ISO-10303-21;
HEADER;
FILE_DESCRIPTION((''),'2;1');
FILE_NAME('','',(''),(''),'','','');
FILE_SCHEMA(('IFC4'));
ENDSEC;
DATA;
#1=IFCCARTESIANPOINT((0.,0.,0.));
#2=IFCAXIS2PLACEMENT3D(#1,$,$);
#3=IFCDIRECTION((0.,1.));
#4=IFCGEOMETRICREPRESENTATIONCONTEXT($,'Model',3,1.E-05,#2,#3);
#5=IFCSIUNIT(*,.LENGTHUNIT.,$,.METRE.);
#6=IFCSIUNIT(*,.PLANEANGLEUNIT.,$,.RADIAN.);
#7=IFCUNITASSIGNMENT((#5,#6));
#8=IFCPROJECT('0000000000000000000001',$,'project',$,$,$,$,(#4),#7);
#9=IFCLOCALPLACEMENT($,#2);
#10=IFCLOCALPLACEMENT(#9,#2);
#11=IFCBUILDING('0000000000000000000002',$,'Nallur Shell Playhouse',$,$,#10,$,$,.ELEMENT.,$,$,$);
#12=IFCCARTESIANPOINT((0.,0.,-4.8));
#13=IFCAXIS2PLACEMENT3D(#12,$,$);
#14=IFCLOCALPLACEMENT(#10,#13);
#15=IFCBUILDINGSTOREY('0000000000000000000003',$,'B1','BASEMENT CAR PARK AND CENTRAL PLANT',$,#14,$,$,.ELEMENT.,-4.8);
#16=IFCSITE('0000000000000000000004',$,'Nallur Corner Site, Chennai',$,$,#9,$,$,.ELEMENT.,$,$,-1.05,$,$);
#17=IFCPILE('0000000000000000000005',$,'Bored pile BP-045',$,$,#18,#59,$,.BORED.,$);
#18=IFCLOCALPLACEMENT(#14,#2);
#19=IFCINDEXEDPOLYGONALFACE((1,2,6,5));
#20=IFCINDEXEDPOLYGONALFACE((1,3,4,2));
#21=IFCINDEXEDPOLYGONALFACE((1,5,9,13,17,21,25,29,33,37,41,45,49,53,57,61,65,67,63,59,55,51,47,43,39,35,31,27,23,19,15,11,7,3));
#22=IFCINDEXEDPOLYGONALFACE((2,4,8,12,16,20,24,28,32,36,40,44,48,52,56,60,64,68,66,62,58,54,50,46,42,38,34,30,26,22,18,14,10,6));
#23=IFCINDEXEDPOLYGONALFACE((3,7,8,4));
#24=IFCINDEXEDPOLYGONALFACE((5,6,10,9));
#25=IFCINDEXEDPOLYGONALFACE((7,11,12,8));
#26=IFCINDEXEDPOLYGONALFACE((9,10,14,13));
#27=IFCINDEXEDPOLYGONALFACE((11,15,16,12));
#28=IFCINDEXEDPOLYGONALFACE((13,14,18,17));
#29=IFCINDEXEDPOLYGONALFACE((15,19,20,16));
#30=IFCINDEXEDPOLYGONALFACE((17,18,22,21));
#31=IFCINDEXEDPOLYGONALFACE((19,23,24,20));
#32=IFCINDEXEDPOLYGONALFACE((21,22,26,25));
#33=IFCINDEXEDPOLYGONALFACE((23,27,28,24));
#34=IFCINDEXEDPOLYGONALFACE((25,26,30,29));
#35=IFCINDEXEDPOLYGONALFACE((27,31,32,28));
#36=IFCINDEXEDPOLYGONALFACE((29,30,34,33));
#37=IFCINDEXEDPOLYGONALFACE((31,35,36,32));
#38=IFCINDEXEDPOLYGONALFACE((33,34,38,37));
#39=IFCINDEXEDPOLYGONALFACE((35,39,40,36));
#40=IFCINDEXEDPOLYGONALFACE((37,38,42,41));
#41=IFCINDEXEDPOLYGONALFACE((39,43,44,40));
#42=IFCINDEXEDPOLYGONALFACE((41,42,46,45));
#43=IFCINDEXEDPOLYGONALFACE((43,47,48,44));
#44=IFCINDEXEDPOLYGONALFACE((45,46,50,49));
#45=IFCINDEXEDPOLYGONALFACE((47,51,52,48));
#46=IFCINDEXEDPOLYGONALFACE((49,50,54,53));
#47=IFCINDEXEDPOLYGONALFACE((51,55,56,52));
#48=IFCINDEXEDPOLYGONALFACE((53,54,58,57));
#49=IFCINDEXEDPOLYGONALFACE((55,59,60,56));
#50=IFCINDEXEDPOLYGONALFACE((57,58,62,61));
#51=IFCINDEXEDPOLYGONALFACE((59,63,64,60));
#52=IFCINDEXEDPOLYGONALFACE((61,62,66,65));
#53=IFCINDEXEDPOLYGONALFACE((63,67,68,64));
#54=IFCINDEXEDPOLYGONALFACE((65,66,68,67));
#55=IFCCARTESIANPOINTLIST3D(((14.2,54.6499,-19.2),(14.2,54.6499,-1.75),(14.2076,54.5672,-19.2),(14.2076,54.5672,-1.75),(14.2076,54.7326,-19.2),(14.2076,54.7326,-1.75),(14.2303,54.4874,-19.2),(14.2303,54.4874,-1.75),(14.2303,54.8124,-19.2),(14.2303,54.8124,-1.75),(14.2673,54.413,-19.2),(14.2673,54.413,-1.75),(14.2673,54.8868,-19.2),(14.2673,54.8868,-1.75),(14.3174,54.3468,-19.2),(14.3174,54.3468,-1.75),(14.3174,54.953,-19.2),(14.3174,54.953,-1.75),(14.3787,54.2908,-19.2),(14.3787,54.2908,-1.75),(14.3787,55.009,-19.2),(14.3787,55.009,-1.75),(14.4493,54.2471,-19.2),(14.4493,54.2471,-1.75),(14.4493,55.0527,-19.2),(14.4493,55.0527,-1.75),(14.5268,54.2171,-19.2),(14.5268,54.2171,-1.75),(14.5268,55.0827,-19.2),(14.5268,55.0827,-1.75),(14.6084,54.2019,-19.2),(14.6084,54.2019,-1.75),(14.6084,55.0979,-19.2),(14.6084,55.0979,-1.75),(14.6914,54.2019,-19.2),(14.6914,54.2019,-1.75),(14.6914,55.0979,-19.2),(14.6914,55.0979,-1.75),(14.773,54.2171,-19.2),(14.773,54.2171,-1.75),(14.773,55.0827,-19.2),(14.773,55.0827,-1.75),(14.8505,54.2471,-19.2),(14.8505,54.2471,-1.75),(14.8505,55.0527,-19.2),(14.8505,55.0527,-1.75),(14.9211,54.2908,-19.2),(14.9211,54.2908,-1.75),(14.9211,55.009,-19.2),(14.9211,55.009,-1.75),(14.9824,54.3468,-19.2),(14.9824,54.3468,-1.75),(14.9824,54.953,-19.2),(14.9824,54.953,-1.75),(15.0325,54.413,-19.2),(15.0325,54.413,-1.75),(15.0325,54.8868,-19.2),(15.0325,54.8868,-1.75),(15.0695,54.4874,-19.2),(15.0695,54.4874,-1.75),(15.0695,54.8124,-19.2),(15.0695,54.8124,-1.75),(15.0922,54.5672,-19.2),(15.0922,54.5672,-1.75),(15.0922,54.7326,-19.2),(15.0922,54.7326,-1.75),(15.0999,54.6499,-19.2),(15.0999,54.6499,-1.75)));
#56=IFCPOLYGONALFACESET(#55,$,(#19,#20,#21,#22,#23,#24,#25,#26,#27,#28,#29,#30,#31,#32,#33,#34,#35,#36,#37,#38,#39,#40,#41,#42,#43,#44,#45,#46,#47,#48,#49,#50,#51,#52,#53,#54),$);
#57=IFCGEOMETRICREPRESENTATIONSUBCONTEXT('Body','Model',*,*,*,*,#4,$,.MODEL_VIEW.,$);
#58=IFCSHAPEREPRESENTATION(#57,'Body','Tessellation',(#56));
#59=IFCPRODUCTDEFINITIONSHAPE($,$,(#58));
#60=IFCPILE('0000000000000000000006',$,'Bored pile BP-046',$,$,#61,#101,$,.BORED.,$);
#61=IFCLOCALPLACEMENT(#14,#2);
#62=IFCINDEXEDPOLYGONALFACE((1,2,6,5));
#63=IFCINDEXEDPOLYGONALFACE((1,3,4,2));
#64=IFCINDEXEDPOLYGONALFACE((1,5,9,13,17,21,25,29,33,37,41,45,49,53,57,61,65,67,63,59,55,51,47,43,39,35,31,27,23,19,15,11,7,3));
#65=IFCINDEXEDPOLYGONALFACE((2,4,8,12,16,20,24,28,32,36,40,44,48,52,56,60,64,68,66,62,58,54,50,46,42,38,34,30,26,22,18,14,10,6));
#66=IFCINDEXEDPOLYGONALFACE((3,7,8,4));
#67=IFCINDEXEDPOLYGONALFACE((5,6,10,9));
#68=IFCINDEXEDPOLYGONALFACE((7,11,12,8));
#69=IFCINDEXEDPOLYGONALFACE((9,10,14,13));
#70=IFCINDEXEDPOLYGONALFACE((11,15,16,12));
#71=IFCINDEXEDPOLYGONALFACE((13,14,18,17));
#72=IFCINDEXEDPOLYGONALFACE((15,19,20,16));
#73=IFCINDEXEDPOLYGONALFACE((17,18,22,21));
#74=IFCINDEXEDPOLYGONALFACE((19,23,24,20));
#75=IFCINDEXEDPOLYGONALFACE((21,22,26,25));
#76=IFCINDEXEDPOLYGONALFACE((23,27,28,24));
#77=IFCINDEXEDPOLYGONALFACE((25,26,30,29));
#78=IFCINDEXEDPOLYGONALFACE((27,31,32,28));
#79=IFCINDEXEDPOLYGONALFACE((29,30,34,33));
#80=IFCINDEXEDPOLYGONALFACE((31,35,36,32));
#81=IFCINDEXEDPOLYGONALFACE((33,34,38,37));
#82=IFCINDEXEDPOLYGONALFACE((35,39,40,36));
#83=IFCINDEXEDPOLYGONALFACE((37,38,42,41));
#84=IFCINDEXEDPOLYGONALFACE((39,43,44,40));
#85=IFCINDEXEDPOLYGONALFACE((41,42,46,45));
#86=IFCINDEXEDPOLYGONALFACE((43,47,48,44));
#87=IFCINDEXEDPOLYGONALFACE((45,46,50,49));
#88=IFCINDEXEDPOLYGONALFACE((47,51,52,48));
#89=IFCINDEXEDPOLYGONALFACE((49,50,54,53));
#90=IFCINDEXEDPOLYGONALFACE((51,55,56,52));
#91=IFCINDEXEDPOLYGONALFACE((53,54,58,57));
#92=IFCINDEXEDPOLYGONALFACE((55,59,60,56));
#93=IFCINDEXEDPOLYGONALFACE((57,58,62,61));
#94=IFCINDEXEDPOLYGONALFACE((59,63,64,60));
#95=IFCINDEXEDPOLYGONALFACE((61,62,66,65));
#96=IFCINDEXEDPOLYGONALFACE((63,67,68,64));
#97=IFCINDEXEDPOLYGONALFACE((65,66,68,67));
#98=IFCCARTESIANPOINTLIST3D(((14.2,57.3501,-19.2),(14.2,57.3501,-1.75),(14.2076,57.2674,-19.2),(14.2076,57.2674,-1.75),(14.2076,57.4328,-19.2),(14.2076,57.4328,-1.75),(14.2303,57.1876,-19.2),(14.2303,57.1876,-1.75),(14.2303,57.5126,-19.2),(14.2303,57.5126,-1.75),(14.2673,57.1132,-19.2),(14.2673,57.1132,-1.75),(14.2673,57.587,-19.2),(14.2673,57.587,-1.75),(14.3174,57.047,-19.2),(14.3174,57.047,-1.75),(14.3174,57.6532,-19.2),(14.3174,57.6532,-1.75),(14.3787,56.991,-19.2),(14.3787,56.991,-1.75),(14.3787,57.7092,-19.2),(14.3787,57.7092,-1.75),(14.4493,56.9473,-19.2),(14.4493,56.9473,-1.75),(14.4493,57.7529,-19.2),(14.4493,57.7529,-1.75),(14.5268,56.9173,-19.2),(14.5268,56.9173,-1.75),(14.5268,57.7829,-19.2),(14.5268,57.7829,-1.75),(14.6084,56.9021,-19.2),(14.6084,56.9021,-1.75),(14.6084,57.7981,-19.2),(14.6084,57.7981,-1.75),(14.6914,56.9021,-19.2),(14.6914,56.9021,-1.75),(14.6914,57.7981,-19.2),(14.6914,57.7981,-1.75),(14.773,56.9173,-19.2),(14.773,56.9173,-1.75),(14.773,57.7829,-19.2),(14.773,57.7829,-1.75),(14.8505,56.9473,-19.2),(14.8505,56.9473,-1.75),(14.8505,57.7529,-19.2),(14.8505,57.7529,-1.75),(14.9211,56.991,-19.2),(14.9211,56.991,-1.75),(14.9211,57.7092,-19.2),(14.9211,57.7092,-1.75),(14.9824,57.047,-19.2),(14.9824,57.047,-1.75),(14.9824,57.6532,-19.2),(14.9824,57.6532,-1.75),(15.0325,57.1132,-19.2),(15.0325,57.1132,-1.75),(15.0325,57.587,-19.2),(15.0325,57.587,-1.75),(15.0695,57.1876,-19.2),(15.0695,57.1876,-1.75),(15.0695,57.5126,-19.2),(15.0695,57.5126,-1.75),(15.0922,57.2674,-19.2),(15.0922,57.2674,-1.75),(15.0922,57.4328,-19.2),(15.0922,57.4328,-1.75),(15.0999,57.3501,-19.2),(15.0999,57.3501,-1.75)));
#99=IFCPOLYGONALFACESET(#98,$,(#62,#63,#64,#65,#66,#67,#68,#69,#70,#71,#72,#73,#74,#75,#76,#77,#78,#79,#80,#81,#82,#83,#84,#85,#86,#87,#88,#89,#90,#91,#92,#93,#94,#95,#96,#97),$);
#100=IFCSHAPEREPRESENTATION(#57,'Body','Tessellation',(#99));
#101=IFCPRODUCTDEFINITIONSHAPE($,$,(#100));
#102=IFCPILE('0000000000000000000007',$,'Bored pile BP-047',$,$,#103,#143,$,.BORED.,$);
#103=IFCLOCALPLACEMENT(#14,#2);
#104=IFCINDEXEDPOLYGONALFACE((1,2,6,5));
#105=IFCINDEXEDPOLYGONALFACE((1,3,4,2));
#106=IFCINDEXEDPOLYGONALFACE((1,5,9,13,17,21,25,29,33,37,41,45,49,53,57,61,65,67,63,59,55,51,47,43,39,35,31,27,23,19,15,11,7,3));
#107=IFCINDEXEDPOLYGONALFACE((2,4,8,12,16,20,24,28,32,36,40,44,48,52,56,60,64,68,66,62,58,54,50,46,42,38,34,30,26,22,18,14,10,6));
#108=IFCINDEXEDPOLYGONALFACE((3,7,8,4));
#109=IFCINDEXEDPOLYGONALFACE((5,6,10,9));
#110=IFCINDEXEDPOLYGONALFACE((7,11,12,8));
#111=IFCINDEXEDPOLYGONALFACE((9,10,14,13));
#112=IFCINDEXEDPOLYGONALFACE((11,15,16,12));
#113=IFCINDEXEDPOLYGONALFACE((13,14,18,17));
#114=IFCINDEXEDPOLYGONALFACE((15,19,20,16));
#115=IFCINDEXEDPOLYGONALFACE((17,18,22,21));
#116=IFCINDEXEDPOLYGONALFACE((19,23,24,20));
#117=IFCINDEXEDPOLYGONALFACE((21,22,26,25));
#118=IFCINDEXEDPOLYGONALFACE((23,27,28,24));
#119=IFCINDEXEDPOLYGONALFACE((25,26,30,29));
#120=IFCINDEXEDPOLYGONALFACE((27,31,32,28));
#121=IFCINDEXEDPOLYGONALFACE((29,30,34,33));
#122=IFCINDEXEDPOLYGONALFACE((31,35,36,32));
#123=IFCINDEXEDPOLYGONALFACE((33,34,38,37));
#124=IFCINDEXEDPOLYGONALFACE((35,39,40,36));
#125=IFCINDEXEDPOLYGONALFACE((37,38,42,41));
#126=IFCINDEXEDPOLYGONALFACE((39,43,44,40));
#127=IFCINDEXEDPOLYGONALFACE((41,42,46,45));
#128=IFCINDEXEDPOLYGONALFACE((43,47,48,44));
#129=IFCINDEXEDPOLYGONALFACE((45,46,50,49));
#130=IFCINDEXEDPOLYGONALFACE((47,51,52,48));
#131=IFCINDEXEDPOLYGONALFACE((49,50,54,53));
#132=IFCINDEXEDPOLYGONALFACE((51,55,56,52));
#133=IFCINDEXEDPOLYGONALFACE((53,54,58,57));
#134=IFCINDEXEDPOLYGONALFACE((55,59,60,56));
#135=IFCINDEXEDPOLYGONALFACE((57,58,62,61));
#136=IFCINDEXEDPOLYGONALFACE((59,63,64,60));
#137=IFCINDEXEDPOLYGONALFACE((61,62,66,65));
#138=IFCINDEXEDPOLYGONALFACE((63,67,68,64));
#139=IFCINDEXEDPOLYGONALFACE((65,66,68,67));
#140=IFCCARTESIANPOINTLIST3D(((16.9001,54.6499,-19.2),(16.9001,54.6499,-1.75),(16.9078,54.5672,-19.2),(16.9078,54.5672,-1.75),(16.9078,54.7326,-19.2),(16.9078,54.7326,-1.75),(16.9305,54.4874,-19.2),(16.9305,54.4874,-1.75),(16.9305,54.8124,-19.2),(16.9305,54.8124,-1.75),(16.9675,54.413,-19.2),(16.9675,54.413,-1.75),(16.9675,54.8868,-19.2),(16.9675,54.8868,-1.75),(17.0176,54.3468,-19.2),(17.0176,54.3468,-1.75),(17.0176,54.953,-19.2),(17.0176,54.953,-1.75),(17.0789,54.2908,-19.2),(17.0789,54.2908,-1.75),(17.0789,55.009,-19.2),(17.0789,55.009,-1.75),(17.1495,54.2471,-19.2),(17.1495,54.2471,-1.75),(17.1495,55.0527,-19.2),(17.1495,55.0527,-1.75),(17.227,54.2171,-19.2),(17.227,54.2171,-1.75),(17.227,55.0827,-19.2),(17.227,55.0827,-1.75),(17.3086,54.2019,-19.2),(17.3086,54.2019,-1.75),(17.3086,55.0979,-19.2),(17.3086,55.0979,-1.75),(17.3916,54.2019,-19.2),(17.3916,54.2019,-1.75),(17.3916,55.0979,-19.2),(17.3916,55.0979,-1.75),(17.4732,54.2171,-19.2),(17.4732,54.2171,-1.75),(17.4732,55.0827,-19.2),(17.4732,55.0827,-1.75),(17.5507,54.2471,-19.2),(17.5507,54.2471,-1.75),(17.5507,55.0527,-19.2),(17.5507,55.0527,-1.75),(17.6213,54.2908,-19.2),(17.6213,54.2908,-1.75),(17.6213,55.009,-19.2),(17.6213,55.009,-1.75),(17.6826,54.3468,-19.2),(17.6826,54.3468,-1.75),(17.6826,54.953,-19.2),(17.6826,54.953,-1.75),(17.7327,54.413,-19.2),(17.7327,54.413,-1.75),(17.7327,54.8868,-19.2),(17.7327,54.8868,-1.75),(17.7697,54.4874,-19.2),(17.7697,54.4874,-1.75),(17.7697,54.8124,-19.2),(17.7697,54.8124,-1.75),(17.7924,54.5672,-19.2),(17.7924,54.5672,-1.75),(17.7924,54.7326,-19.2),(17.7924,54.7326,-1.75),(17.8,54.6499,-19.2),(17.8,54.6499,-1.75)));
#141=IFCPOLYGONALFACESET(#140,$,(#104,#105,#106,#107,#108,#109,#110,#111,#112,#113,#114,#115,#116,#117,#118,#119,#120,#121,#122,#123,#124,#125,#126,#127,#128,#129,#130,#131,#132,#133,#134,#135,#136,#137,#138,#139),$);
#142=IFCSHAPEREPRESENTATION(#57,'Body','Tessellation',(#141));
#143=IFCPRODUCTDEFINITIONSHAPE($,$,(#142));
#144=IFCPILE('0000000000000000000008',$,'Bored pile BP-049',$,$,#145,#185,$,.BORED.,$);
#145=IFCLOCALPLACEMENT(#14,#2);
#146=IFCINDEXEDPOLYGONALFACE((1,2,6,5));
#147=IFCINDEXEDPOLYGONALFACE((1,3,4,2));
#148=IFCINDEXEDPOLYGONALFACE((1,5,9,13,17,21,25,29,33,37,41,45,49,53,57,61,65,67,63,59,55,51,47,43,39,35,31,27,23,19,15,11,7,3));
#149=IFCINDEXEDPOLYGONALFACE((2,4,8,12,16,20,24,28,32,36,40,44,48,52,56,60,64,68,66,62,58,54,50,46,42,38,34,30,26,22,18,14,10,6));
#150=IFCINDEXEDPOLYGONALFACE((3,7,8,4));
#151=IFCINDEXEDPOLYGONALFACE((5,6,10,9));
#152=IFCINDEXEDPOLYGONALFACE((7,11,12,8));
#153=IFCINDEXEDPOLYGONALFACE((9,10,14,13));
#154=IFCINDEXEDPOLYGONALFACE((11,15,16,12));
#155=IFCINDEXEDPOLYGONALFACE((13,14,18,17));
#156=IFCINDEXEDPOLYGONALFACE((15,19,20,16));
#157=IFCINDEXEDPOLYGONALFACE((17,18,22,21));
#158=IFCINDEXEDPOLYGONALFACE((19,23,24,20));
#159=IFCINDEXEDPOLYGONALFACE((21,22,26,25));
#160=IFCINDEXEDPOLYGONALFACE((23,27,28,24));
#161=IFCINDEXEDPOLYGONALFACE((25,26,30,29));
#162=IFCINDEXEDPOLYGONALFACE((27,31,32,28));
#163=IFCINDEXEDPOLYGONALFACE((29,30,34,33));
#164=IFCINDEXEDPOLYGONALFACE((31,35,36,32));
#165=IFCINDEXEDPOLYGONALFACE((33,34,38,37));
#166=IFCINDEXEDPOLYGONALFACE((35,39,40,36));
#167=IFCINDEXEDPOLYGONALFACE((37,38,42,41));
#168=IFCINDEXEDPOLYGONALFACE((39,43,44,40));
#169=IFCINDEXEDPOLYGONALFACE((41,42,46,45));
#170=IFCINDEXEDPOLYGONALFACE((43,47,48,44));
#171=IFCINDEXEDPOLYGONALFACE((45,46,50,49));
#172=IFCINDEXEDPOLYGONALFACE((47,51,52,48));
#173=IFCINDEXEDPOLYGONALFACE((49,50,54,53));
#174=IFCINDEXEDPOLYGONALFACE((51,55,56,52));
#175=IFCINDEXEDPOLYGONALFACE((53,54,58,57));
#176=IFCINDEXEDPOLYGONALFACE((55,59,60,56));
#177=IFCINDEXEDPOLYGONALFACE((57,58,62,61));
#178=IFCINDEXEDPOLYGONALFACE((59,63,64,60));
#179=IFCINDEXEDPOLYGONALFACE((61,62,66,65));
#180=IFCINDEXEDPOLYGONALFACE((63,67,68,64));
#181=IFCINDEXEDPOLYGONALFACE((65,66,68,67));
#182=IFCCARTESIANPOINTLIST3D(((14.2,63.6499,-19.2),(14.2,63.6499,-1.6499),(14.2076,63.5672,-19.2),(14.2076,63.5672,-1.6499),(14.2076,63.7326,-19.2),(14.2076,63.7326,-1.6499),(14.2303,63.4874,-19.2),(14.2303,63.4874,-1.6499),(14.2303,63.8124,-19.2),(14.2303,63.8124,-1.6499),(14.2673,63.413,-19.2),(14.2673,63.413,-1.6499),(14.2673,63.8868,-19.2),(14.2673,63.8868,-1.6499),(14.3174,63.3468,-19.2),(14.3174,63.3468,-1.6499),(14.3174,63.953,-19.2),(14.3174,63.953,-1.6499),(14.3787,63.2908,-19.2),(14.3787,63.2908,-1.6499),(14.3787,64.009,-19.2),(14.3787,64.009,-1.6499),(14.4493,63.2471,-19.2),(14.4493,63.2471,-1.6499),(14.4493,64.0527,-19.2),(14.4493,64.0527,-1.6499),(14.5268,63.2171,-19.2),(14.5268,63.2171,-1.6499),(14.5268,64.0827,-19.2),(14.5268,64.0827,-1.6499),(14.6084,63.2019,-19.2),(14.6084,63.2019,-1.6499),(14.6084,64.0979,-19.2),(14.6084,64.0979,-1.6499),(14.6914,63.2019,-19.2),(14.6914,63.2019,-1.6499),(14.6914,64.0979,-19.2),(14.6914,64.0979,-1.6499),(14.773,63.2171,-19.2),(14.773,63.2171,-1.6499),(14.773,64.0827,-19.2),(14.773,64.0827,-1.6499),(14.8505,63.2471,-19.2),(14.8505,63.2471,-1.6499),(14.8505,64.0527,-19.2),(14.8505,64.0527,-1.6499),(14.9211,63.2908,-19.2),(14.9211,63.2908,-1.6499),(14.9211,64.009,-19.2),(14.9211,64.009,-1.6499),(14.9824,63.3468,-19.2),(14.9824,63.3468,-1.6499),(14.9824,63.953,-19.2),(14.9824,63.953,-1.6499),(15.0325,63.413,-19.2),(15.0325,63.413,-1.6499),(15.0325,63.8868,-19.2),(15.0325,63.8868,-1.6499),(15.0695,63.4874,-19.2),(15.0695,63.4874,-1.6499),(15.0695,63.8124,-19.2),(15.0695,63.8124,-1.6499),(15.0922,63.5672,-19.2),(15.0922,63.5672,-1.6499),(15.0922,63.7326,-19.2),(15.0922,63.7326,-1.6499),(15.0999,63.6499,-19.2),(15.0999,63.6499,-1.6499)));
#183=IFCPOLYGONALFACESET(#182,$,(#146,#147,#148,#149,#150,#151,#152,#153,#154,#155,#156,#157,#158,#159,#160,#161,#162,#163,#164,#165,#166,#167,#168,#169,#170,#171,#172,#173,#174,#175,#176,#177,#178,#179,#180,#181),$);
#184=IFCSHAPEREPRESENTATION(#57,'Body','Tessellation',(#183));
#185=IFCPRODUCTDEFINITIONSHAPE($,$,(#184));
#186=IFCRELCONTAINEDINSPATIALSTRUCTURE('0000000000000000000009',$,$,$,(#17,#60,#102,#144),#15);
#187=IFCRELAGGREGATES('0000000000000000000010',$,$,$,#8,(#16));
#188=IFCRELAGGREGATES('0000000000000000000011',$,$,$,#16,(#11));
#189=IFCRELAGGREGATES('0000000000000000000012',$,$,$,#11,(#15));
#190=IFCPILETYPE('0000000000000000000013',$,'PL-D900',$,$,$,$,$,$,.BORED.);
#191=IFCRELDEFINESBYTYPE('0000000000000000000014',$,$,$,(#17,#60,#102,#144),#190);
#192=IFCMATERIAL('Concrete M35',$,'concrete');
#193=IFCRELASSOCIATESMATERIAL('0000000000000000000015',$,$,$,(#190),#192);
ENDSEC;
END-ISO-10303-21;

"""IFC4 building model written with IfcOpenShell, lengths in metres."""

from ifc_helpers import new_model, si_unit, direction, frame, origin, origin_2d, place, context, subcontext, project, spatial, circle, extrude, material, material_profile, profile_set, type_object, element, save


model = new_model("IFC4")

# Units and contexts
model_context = context("Model", 3, precision=1e-05, world=origin(), true_north=direction((0.0, 1.0)))
body_context = subcontext(model_context, "Body", "Model", "MODEL_VIEW")
ifc_project = project(units=[si_unit("LENGTHUNIT", "METRE"), si_unit("PLANEANGLEUNIT", "RADIAN")], contexts=[model_context])

# Site, building, storey
site_placement = place(None, origin())
site = spatial("IfcSite", under=ifc_project, at=site_placement, Name="Nallur Corner Site, Chennai", CompositionType="ELEMENT", RefElevation=-1.05)
building_placement = place(site_placement, origin())
building = spatial("IfcBuilding", under=site, at=building_placement, Name="Nallur Shell Playhouse", CompositionType="ELEMENT")
storey_placement = place(building_placement, frame((0.0, 0.0, -4.8)))
storey = spatial("IfcBuildingStorey", under=building, at=storey_placement, Name="B1", Description="BASEMENT CAR PARK AND CENTRAL PLANT", CompositionType="ELEMENT", Elevation=-4.8)

# Shared definitions
ifc_material_1 = material(Name="Concrete M35", Category="concrete")

# Piles
ifc_material_profile_1 = material_profile(ifc_material_1, circle(Radius=0.45, at=origin_2d()), Name="BORED PILE D900")
ifc_profile_set_1 = profile_set([ifc_material_profile_1], Name="Concrete M35")
pile_type_1 = type_object("IfcPileType", Name="PL-D900", PredefinedType="BORED", material=ifc_profile_set_1)
for number, where, z_axis, x_axis, name in (
    (1, (14.6499, 54.6499, -1.75), (0.0, 0.0, -1.0), (1.0, 0.0, 0.0), "Bored pile BP-045"),
    (2, (14.6499, 57.3501, -1.75), (0.0, 0.0, -1.0), (1.0, 0.0, 0.0), "Bored pile BP-046"),
    (3, (17.3501, 54.6499, -1.75), (0.0, 0.0, -1.0), (1.0, 0.0, 0.0), "Bored pile BP-047"),
):
    element("IfcPile", number, at=place(storey_placement, frame(where, z_axis=z_axis, x_axis=x_axis)), inside=storey, type_object=pile_type_1, Name=name, PredefinedType="BORED", context=body_context, shape_type="SweptSolid", body=[
        extrude(circle(Radius=0.45, at=origin_2d()), origin(), (0.0, 0.0, 1.0), 17.45),
    ])
for number, where, z_axis, x_axis, name in (
    (4, (14.6499, 63.6499, -1.6499), (0.0, 0.0, -1.0), (1.0, 0.0, 0.0), "Bored pile BP-049"),
):
    element("IfcPile", number, at=place(storey_placement, frame(where, z_axis=z_axis, x_axis=x_axis)), inside=storey, type_object=pile_type_1, Name=name, PredefinedType="BORED", context=body_context, shape_type="SweptSolid", body=[
        extrude(circle(Radius=0.45, at=origin_2d()), origin(), (0.0, 0.0, 1.0), 17.55),
    ])

save(model, "model.ifc")
